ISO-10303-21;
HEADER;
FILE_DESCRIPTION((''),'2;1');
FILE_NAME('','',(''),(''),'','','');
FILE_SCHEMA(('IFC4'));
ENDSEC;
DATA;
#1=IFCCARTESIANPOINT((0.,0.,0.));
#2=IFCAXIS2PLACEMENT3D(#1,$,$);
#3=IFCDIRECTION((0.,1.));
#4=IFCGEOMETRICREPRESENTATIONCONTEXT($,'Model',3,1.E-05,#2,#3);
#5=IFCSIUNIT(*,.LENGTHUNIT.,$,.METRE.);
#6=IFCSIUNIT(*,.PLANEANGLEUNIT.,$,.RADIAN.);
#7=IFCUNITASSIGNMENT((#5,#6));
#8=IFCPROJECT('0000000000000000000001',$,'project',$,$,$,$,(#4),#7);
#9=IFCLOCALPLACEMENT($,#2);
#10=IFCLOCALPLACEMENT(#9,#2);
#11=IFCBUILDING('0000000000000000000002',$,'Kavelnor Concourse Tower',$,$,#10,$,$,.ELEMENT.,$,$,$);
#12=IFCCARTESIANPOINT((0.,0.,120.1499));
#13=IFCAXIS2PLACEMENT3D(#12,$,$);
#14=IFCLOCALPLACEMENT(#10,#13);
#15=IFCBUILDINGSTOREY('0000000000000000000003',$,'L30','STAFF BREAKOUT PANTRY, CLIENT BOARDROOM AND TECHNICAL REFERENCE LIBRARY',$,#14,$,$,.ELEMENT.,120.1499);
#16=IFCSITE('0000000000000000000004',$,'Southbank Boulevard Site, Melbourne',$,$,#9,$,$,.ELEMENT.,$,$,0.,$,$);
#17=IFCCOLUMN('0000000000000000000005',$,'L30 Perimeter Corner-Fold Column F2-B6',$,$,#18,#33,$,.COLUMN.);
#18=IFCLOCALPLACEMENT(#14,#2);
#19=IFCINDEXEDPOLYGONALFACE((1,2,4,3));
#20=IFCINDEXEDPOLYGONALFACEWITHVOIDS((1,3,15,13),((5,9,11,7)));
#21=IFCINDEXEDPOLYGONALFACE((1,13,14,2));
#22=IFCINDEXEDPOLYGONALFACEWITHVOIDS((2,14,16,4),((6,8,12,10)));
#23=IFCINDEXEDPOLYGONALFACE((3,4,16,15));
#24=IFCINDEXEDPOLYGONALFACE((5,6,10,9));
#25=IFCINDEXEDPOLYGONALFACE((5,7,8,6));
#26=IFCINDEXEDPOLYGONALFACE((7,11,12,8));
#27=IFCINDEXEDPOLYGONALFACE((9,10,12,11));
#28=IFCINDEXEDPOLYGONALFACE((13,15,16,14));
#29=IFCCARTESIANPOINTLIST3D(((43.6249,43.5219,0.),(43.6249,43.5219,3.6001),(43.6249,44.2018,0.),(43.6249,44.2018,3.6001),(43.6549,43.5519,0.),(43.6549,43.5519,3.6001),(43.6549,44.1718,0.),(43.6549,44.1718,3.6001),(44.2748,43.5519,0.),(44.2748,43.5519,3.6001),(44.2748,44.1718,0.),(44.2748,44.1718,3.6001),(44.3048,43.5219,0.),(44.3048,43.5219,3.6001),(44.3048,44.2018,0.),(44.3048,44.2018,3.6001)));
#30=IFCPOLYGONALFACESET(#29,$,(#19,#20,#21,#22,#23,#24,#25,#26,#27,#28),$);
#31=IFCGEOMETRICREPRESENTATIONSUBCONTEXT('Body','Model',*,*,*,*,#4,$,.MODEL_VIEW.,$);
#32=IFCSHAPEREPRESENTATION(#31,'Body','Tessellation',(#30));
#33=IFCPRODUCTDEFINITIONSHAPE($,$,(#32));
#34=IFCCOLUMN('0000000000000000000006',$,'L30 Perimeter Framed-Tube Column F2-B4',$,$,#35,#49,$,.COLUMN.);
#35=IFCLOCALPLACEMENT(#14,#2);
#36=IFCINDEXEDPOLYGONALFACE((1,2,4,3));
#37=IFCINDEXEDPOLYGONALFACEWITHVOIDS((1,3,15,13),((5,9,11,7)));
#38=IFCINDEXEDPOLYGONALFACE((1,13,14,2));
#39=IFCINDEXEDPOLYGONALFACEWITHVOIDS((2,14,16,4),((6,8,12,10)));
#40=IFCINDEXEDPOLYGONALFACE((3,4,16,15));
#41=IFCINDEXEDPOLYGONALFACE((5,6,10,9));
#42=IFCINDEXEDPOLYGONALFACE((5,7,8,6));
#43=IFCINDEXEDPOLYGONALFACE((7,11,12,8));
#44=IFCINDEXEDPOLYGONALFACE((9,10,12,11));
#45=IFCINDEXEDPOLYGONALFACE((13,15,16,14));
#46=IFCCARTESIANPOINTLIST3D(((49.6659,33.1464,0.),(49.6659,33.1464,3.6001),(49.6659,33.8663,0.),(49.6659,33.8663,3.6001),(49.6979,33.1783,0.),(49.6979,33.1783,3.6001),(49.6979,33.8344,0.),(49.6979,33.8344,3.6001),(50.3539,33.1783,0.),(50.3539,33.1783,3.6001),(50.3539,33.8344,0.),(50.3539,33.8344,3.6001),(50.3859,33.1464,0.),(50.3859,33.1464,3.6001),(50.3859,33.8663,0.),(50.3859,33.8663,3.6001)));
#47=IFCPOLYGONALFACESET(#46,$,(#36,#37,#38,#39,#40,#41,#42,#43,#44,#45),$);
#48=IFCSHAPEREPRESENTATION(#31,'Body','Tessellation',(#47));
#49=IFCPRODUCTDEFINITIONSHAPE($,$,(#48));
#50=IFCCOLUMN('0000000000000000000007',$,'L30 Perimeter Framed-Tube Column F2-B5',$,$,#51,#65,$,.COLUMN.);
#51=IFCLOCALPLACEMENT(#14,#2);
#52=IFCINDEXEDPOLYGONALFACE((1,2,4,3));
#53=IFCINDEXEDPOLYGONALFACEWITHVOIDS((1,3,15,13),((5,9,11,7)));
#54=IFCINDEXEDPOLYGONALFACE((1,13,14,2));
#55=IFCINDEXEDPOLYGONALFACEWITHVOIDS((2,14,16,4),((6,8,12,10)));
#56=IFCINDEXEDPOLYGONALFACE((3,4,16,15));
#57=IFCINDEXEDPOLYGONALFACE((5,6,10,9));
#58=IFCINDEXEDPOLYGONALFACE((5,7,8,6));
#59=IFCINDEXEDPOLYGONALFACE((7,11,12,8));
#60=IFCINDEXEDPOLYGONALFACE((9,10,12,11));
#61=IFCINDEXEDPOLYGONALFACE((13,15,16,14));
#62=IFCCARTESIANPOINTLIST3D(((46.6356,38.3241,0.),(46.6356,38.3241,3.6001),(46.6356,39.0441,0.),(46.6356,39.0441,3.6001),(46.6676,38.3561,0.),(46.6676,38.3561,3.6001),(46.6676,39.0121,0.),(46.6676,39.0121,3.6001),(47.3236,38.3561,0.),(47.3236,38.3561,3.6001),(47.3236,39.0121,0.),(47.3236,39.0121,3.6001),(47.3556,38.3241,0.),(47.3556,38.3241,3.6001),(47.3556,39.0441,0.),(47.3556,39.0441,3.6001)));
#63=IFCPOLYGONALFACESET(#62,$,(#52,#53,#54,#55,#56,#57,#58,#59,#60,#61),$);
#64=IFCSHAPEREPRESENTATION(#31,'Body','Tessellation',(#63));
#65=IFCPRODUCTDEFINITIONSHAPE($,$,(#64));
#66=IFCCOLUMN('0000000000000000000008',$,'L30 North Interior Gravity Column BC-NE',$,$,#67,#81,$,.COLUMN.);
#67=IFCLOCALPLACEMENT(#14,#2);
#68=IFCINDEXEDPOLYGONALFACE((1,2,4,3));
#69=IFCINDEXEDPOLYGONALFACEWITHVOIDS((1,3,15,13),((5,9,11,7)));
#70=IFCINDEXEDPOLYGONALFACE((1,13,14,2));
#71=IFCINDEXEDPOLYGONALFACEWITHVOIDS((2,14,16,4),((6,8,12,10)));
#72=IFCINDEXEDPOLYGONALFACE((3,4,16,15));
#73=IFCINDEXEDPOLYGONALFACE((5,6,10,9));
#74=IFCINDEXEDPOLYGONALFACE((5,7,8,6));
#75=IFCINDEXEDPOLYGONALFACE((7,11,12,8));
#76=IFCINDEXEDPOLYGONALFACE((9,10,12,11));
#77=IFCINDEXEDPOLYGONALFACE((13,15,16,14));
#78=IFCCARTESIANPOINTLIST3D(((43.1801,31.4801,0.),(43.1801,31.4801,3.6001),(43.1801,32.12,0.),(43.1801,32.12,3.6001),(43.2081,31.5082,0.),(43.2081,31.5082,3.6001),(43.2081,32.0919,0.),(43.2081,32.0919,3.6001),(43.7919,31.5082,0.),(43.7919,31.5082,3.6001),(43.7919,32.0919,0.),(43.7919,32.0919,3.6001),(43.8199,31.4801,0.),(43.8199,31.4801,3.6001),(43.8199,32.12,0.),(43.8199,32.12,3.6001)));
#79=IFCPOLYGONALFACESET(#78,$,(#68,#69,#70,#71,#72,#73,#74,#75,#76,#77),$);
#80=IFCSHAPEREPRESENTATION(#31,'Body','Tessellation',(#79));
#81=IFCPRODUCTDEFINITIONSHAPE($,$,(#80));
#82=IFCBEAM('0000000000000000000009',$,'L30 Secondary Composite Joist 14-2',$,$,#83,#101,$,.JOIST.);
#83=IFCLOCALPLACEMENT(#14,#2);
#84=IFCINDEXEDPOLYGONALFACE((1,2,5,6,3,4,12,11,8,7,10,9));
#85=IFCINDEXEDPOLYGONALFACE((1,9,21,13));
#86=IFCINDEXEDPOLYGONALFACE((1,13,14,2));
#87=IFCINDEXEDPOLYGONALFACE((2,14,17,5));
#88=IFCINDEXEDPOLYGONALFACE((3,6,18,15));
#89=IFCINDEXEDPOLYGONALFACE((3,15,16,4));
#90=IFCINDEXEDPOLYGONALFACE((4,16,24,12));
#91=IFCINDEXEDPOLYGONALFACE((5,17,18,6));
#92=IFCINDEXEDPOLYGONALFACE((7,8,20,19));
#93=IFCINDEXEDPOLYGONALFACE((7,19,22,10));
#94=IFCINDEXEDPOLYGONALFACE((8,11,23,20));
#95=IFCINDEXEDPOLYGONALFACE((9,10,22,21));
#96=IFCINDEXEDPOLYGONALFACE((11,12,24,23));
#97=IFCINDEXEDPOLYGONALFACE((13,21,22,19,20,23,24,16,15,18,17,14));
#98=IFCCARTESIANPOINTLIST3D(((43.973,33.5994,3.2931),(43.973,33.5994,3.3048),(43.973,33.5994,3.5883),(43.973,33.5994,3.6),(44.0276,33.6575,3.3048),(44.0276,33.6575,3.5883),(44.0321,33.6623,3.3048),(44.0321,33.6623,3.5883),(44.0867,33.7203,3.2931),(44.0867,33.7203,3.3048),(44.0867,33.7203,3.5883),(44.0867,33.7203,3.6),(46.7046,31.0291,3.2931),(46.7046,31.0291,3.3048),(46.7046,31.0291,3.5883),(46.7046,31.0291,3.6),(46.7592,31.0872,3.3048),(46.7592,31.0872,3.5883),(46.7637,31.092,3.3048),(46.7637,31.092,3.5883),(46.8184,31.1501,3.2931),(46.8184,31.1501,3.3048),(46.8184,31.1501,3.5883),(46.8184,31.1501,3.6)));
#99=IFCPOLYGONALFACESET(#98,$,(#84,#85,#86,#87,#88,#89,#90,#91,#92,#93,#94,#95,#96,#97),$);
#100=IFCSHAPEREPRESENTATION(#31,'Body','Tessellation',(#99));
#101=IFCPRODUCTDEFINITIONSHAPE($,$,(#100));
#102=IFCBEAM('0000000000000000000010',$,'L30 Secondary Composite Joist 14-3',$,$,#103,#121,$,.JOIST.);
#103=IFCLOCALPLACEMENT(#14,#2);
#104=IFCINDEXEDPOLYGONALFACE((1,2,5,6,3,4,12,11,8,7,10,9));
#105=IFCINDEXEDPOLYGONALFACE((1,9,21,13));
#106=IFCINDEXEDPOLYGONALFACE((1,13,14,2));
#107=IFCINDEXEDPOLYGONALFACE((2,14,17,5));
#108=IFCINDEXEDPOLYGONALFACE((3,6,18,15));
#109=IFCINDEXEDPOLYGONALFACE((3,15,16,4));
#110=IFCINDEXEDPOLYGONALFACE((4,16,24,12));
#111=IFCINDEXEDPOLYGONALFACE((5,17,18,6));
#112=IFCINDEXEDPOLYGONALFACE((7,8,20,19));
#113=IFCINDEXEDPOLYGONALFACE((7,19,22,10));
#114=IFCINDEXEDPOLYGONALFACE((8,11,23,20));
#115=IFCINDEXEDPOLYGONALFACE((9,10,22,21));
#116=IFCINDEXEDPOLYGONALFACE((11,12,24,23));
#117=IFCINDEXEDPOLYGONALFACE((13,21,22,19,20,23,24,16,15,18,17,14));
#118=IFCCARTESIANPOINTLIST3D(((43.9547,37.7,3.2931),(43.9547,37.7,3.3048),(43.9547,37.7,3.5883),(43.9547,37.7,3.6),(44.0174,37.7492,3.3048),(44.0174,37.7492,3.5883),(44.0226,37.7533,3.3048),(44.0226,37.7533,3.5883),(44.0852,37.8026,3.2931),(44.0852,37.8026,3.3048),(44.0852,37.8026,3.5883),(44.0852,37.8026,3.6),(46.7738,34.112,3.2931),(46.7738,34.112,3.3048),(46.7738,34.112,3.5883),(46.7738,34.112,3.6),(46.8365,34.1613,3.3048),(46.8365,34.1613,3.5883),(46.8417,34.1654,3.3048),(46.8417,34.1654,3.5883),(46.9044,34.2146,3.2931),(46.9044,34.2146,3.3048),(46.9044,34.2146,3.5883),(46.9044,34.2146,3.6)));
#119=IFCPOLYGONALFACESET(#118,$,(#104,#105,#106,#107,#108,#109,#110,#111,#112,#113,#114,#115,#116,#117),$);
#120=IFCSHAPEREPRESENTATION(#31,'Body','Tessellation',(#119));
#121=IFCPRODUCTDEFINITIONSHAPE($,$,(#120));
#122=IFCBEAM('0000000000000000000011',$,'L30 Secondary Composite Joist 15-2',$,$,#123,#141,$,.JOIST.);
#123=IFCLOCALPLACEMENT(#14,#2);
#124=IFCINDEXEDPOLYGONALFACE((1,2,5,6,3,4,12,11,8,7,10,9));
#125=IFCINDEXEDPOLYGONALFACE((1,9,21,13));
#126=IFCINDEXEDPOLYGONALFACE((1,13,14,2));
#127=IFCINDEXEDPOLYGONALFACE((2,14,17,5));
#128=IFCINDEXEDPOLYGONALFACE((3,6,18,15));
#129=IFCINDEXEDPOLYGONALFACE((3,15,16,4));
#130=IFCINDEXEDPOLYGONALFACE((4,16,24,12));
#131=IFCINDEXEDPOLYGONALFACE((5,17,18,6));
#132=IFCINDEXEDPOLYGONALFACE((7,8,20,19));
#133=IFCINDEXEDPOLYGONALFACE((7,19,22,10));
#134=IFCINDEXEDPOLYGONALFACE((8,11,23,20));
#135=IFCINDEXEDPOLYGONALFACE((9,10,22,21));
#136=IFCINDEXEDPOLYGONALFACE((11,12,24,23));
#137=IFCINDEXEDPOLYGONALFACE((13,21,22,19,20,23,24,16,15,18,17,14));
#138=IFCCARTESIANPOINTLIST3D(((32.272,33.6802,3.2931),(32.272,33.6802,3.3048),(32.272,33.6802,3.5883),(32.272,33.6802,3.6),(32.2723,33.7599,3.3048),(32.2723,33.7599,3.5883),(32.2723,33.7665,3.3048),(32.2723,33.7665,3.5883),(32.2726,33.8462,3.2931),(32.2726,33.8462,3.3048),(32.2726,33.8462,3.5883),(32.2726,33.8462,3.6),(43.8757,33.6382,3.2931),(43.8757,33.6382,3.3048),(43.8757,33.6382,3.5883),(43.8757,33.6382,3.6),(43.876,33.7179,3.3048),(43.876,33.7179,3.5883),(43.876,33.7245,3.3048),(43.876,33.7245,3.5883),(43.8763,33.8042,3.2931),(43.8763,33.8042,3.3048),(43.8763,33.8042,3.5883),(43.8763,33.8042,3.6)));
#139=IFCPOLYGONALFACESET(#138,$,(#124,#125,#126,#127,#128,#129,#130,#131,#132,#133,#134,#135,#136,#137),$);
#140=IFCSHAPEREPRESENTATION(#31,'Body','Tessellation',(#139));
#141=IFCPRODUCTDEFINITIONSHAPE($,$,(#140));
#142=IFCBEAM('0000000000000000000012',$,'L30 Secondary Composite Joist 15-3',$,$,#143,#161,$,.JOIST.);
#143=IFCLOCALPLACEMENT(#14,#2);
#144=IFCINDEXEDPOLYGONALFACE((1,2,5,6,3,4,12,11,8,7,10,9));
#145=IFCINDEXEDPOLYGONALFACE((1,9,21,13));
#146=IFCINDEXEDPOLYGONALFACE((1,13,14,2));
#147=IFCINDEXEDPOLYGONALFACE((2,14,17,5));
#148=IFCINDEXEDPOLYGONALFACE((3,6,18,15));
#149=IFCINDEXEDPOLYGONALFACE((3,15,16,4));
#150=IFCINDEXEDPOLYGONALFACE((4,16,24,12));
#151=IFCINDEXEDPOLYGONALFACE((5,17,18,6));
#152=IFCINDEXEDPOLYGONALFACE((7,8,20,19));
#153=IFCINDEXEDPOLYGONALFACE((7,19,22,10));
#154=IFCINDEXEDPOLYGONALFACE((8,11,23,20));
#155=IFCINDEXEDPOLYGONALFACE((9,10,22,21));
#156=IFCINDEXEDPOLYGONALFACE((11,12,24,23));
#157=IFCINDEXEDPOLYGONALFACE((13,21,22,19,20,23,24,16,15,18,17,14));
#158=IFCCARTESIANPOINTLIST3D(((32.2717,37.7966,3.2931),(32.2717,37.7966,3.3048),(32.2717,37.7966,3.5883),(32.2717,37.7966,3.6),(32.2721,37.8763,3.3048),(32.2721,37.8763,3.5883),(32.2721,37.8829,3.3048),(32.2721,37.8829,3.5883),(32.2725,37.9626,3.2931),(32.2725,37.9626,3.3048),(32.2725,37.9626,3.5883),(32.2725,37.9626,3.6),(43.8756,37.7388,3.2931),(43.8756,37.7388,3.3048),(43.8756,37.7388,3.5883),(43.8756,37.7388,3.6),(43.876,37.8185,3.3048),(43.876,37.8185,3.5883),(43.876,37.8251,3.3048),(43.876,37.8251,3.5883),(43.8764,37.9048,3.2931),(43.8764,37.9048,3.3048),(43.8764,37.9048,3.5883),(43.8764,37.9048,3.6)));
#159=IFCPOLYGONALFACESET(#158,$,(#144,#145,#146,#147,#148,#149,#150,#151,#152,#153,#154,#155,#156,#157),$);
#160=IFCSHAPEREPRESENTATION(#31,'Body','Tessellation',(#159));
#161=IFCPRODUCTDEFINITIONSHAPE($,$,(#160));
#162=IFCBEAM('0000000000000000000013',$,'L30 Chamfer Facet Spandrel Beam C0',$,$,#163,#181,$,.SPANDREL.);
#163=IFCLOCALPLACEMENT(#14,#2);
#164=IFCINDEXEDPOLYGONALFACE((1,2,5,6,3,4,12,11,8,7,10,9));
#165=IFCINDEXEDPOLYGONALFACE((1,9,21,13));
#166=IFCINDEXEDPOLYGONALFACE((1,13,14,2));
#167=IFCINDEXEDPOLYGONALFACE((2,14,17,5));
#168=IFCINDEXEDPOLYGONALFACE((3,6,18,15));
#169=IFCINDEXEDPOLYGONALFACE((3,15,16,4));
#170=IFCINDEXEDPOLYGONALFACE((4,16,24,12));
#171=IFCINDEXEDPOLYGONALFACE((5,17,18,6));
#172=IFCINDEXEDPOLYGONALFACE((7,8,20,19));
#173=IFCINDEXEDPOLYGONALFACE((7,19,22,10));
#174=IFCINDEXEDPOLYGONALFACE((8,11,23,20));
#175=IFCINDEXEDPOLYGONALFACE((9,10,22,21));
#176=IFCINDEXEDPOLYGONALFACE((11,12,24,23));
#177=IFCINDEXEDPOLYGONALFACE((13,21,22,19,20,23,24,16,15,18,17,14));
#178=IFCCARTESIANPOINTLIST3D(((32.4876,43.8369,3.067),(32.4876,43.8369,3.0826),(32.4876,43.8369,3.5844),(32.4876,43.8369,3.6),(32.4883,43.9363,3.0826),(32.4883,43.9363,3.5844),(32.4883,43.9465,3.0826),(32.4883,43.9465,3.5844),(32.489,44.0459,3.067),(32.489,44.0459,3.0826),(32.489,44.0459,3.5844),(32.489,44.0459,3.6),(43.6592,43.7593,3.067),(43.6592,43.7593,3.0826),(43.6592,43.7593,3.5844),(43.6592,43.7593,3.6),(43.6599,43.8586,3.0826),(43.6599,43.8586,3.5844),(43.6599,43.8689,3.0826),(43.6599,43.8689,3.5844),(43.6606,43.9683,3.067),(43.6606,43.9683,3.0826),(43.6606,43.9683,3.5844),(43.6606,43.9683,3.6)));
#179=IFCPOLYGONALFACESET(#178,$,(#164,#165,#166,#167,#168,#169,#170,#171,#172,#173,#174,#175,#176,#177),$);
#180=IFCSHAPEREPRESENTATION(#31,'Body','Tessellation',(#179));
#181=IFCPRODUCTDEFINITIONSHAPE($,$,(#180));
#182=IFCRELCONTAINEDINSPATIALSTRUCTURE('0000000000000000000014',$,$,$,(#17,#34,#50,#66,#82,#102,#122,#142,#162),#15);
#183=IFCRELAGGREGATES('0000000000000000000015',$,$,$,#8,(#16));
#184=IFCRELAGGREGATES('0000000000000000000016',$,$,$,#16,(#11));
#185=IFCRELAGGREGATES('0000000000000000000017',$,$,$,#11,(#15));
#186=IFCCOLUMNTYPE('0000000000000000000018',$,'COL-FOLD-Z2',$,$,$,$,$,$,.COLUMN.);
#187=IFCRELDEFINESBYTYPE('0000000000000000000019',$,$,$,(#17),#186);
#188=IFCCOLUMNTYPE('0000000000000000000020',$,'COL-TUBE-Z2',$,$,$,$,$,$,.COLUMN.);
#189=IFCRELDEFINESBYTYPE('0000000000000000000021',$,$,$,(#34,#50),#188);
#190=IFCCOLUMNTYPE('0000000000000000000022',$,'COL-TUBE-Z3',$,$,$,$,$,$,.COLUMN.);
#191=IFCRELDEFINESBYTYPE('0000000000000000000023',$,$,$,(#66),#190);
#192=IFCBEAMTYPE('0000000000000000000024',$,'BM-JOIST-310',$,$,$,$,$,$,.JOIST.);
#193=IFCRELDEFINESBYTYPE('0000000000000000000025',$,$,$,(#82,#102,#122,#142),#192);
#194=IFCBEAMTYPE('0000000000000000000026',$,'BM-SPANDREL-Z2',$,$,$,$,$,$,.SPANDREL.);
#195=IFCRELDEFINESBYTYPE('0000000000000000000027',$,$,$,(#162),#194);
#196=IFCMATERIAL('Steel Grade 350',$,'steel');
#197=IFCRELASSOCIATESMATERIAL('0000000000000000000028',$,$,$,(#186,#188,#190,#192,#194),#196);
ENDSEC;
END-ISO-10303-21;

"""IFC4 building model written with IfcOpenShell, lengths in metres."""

from ifc_helpers import new_model, si_unit, direction, frame, origin, origin_2d, place, context, subcontext, project, spatial, hollow_rectangle, i_section, extrude, material, material_profile, profile_set, type_object, element, save


model = new_model("IFC4")

# Units and contexts
model_context = context("Model", 3, precision=1e-05, world=origin(), true_north=direction((0.0, 1.0)))
body_context = subcontext(model_context, "Body", "Model", "MODEL_VIEW")
ifc_project = project(units=[si_unit("LENGTHUNIT", "METRE"), si_unit("PLANEANGLEUNIT", "RADIAN")], contexts=[model_context])

# Site, building, storey
site_placement = place(None, origin())
site = spatial("IfcSite", under=ifc_project, at=site_placement, Name="Southbank Boulevard Site, Melbourne", CompositionType="ELEMENT", RefElevation=0.0)
building_placement = place(site_placement, origin())
building = spatial("IfcBuilding", under=site, at=building_placement, Name="Kavelnor Concourse Tower", CompositionType="ELEMENT")
storey_placement = place(building_placement, frame((0.0, 0.0, 120.1499)))
storey = spatial("IfcBuildingStorey", under=building, at=storey_placement, Name="L30", Description="STAFF BREAKOUT PANTRY, CLIENT BOARDROOM AND TECHNICAL REFERENCE LIBRARY", CompositionType="ELEMENT", Elevation=120.1499)

# Columns
ifc_material_1 = material(Name="Steel Grade 350", Category="steel")
ifc_material_profile_1 = material_profile(ifc_material_1, hollow_rectangle(XDim=0.6799, YDim=0.6799, WallThickness=0.03, at=origin_2d()), Name="SHS 680x680x30")
ifc_profile_set_1 = profile_set([ifc_material_profile_1], Name="Steel Grade 350")
column_type_1 = type_object("IfcColumnType", Name="COL-FOLD-Z2", PredefinedType="COLUMN", material=ifc_profile_set_1)
column_1_placement = place(storey_placement, frame((43.9648, 43.8618, 0.0), z_axis=(0.0, 0.0, 1.0), x_axis=(1.0, 0.0, 0.0)))
element("IfcColumn", 1, at=column_1_placement, inside=storey, type_object=column_type_1, Name="L30 Perimeter Corner-Fold Column F2-B6", PredefinedType="COLUMN", context=body_context, shape_type="SweptSolid", body=[
    extrude(hollow_rectangle(XDim=0.6799, YDim=0.6799, WallThickness=0.03, at=origin_2d()), origin(), (0.0, 0.0, 1.0), 3.6001),
])
ifc_material_profile_2 = material_profile(ifc_material_1, hollow_rectangle(XDim=0.72, YDim=0.72, WallThickness=0.032, at=origin_2d()), Name="SHS 720x720x32")
ifc_profile_set_2 = profile_set([ifc_material_profile_2], Name="Steel Grade 350")
column_type_2 = type_object("IfcColumnType", Name="COL-TUBE-Z2", PredefinedType="COLUMN", material=ifc_profile_set_2)
for number, where, z_axis, x_axis, name in (
    (2, (50.0259, 33.5063, 0.0), (0.0, 0.0, 1.0), (1.0, 0.0, 0.0), "L30 Perimeter Framed-Tube Column F2-B4"),
    (3, (46.9956, 38.6841, 0.0), (0.0, 0.0, 1.0), (1.0, 0.0, 0.0), "L30 Perimeter Framed-Tube Column F2-B5"),
):
    element("IfcColumn", number, at=place(storey_placement, frame(where, z_axis=z_axis, x_axis=x_axis)), inside=storey, type_object=column_type_2, Name=name, PredefinedType="COLUMN", context=body_context, shape_type="SweptSolid", body=[
        extrude(hollow_rectangle(XDim=0.72, YDim=0.72, WallThickness=0.032, at=origin_2d()), origin(), (0.0, 0.0, 1.0), 3.6001),
    ])
ifc_material_profile_3 = material_profile(ifc_material_1, hollow_rectangle(XDim=0.6399, YDim=0.6399, WallThickness=0.0281, at=origin_2d()), Name="SHS 640x640x28")
ifc_profile_set_3 = profile_set([ifc_material_profile_3], Name="Steel Grade 350")
column_type_3 = type_object("IfcColumnType", Name="COL-TUBE-Z3", PredefinedType="COLUMN", material=ifc_profile_set_3)
column_2_placement = place(storey_placement, frame((43.5, 31.8, 0.0), z_axis=(0.0, 0.0, 1.0), x_axis=(1.0, 0.0, 0.0)))
element("IfcColumn", 4, at=column_2_placement, inside=storey, type_object=column_type_3, Name="L30 North Interior Gravity Column BC-NE", PredefinedType="COLUMN", context=body_context, shape_type="SweptSolid", body=[
    extrude(hollow_rectangle(XDim=0.6399, YDim=0.6399, WallThickness=0.0281, at=origin_2d()), origin(), (0.0, 0.0, 1.0), 3.6001),
])

# Beams
ifc_material_profile_4 = material_profile(ifc_material_1, i_section(OverallWidth=0.166, OverallDepth=0.3069, WebThickness=0.0066, FlangeThickness=0.0117, at=origin_2d()), Name="310UB46")
ifc_profile_set_4 = profile_set([ifc_material_profile_4], Name="Steel Grade 350")
beam_type_1 = type_object("IfcBeamType", Name="BM-JOIST-310", PredefinedType="JOIST", material=ifc_profile_set_4)
beam_1_placement = place(storey_placement, frame((46.7615, 31.0896, 3.4465), z_axis=(-0.728292, 0.685267, 0.0), x_axis=(-0.685267, -0.728292, 0.0)))
element("IfcBeam", 5, at=beam_1_placement, inside=storey, type_object=beam_type_1, Name="L30 Secondary Composite Joist 14-2", PredefinedType="JOIST", context=body_context, shape_type="SweptSolid", body=[
    extrude(i_section(OverallWidth=0.166, OverallDepth=0.3069, WebThickness=0.0066, FlangeThickness=0.0117, at=origin_2d()), origin(), (0.0, 0.0, 1.0), 3.7507),
])
beam_2_placement = place(storey_placement, frame((46.8391, 34.1633, 3.4465), z_axis=(-0.617826, 0.786315, 0.0), x_axis=(-0.786315, -0.617826, 0.0)))
element("IfcBeam", 6, at=beam_2_placement, inside=storey, type_object=beam_type_1, Name="L30 Secondary Composite Joist 14-3", PredefinedType="JOIST", context=body_context, shape_type="SweptSolid", body=[
    extrude(i_section(OverallWidth=0.166, OverallDepth=0.3069, WebThickness=0.0066, FlangeThickness=0.0117, at=origin_2d()), origin(), (0.0, 0.0, 1.0), 4.563),
])
beam_3_placement = place(storey_placement, frame((43.876, 33.7212, 3.4465), z_axis=(-0.999993, 0.003619, 0.0), x_axis=(-0.003619, -0.999993, 0.0)))
element("IfcBeam", 7, at=beam_3_placement, inside=storey, type_object=beam_type_1, Name="L30 Secondary Composite Joist 15-2", PredefinedType="JOIST", context=body_context, shape_type="SweptSolid", body=[
    extrude(i_section(OverallWidth=0.166, OverallDepth=0.3069, WebThickness=0.0066, FlangeThickness=0.0117, at=origin_2d()), origin(), (0.0, 0.0, 1.0), 11.6038),
])
beam_4_placement = place(storey_placement, frame((43.876, 37.8218, 3.4465), z_axis=(-0.999988, 0.004986, 0.0), x_axis=(-0.004986, -0.999988, 0.0)))
element("IfcBeam", 8, at=beam_4_placement, inside=storey, type_object=beam_type_1, Name="L30 Secondary Composite Joist 15-3", PredefinedType="JOIST", context=body_context, shape_type="SweptSolid", body=[
    extrude(i_section(OverallWidth=0.166, OverallDepth=0.3069, WebThickness=0.0066, FlangeThickness=0.0117, at=origin_2d()), origin(), (0.0, 0.0, 1.0), 11.604),
])
ifc_material_profile_5 = material_profile(ifc_material_1, i_section(OverallWidth=0.209, OverallDepth=0.533, WebThickness=0.0103, FlangeThickness=0.0156, at=origin_2d()), Name="530UB92")
ifc_profile_set_5 = profile_set([ifc_material_profile_5], Name="Steel Grade 350")
beam_type_2 = type_object("IfcBeamType", Name="BM-SPANDREL-Z2", PredefinedType="SPANDREL", material=ifc_profile_set_5)
beam_5_placement = place(storey_placement, frame((43.6599, 43.8638, 3.3335), z_axis=(-0.999976, 0.006949, 0.0), x_axis=(-0.006949, -0.999976, 0.0)))
element("IfcBeam", 9, at=beam_5_placement, inside=storey, type_object=beam_type_2, Name="L30 Chamfer Facet Spandrel Beam C0", PredefinedType="SPANDREL", context=body_context, shape_type="SweptSolid", body=[
    extrude(i_section(OverallWidth=0.209, OverallDepth=0.533, WebThickness=0.0103, FlangeThickness=0.0156, at=origin_2d()), origin(), (0.0, 0.0, 1.0), 11.1719),
])

save(model, "model.ifc")
